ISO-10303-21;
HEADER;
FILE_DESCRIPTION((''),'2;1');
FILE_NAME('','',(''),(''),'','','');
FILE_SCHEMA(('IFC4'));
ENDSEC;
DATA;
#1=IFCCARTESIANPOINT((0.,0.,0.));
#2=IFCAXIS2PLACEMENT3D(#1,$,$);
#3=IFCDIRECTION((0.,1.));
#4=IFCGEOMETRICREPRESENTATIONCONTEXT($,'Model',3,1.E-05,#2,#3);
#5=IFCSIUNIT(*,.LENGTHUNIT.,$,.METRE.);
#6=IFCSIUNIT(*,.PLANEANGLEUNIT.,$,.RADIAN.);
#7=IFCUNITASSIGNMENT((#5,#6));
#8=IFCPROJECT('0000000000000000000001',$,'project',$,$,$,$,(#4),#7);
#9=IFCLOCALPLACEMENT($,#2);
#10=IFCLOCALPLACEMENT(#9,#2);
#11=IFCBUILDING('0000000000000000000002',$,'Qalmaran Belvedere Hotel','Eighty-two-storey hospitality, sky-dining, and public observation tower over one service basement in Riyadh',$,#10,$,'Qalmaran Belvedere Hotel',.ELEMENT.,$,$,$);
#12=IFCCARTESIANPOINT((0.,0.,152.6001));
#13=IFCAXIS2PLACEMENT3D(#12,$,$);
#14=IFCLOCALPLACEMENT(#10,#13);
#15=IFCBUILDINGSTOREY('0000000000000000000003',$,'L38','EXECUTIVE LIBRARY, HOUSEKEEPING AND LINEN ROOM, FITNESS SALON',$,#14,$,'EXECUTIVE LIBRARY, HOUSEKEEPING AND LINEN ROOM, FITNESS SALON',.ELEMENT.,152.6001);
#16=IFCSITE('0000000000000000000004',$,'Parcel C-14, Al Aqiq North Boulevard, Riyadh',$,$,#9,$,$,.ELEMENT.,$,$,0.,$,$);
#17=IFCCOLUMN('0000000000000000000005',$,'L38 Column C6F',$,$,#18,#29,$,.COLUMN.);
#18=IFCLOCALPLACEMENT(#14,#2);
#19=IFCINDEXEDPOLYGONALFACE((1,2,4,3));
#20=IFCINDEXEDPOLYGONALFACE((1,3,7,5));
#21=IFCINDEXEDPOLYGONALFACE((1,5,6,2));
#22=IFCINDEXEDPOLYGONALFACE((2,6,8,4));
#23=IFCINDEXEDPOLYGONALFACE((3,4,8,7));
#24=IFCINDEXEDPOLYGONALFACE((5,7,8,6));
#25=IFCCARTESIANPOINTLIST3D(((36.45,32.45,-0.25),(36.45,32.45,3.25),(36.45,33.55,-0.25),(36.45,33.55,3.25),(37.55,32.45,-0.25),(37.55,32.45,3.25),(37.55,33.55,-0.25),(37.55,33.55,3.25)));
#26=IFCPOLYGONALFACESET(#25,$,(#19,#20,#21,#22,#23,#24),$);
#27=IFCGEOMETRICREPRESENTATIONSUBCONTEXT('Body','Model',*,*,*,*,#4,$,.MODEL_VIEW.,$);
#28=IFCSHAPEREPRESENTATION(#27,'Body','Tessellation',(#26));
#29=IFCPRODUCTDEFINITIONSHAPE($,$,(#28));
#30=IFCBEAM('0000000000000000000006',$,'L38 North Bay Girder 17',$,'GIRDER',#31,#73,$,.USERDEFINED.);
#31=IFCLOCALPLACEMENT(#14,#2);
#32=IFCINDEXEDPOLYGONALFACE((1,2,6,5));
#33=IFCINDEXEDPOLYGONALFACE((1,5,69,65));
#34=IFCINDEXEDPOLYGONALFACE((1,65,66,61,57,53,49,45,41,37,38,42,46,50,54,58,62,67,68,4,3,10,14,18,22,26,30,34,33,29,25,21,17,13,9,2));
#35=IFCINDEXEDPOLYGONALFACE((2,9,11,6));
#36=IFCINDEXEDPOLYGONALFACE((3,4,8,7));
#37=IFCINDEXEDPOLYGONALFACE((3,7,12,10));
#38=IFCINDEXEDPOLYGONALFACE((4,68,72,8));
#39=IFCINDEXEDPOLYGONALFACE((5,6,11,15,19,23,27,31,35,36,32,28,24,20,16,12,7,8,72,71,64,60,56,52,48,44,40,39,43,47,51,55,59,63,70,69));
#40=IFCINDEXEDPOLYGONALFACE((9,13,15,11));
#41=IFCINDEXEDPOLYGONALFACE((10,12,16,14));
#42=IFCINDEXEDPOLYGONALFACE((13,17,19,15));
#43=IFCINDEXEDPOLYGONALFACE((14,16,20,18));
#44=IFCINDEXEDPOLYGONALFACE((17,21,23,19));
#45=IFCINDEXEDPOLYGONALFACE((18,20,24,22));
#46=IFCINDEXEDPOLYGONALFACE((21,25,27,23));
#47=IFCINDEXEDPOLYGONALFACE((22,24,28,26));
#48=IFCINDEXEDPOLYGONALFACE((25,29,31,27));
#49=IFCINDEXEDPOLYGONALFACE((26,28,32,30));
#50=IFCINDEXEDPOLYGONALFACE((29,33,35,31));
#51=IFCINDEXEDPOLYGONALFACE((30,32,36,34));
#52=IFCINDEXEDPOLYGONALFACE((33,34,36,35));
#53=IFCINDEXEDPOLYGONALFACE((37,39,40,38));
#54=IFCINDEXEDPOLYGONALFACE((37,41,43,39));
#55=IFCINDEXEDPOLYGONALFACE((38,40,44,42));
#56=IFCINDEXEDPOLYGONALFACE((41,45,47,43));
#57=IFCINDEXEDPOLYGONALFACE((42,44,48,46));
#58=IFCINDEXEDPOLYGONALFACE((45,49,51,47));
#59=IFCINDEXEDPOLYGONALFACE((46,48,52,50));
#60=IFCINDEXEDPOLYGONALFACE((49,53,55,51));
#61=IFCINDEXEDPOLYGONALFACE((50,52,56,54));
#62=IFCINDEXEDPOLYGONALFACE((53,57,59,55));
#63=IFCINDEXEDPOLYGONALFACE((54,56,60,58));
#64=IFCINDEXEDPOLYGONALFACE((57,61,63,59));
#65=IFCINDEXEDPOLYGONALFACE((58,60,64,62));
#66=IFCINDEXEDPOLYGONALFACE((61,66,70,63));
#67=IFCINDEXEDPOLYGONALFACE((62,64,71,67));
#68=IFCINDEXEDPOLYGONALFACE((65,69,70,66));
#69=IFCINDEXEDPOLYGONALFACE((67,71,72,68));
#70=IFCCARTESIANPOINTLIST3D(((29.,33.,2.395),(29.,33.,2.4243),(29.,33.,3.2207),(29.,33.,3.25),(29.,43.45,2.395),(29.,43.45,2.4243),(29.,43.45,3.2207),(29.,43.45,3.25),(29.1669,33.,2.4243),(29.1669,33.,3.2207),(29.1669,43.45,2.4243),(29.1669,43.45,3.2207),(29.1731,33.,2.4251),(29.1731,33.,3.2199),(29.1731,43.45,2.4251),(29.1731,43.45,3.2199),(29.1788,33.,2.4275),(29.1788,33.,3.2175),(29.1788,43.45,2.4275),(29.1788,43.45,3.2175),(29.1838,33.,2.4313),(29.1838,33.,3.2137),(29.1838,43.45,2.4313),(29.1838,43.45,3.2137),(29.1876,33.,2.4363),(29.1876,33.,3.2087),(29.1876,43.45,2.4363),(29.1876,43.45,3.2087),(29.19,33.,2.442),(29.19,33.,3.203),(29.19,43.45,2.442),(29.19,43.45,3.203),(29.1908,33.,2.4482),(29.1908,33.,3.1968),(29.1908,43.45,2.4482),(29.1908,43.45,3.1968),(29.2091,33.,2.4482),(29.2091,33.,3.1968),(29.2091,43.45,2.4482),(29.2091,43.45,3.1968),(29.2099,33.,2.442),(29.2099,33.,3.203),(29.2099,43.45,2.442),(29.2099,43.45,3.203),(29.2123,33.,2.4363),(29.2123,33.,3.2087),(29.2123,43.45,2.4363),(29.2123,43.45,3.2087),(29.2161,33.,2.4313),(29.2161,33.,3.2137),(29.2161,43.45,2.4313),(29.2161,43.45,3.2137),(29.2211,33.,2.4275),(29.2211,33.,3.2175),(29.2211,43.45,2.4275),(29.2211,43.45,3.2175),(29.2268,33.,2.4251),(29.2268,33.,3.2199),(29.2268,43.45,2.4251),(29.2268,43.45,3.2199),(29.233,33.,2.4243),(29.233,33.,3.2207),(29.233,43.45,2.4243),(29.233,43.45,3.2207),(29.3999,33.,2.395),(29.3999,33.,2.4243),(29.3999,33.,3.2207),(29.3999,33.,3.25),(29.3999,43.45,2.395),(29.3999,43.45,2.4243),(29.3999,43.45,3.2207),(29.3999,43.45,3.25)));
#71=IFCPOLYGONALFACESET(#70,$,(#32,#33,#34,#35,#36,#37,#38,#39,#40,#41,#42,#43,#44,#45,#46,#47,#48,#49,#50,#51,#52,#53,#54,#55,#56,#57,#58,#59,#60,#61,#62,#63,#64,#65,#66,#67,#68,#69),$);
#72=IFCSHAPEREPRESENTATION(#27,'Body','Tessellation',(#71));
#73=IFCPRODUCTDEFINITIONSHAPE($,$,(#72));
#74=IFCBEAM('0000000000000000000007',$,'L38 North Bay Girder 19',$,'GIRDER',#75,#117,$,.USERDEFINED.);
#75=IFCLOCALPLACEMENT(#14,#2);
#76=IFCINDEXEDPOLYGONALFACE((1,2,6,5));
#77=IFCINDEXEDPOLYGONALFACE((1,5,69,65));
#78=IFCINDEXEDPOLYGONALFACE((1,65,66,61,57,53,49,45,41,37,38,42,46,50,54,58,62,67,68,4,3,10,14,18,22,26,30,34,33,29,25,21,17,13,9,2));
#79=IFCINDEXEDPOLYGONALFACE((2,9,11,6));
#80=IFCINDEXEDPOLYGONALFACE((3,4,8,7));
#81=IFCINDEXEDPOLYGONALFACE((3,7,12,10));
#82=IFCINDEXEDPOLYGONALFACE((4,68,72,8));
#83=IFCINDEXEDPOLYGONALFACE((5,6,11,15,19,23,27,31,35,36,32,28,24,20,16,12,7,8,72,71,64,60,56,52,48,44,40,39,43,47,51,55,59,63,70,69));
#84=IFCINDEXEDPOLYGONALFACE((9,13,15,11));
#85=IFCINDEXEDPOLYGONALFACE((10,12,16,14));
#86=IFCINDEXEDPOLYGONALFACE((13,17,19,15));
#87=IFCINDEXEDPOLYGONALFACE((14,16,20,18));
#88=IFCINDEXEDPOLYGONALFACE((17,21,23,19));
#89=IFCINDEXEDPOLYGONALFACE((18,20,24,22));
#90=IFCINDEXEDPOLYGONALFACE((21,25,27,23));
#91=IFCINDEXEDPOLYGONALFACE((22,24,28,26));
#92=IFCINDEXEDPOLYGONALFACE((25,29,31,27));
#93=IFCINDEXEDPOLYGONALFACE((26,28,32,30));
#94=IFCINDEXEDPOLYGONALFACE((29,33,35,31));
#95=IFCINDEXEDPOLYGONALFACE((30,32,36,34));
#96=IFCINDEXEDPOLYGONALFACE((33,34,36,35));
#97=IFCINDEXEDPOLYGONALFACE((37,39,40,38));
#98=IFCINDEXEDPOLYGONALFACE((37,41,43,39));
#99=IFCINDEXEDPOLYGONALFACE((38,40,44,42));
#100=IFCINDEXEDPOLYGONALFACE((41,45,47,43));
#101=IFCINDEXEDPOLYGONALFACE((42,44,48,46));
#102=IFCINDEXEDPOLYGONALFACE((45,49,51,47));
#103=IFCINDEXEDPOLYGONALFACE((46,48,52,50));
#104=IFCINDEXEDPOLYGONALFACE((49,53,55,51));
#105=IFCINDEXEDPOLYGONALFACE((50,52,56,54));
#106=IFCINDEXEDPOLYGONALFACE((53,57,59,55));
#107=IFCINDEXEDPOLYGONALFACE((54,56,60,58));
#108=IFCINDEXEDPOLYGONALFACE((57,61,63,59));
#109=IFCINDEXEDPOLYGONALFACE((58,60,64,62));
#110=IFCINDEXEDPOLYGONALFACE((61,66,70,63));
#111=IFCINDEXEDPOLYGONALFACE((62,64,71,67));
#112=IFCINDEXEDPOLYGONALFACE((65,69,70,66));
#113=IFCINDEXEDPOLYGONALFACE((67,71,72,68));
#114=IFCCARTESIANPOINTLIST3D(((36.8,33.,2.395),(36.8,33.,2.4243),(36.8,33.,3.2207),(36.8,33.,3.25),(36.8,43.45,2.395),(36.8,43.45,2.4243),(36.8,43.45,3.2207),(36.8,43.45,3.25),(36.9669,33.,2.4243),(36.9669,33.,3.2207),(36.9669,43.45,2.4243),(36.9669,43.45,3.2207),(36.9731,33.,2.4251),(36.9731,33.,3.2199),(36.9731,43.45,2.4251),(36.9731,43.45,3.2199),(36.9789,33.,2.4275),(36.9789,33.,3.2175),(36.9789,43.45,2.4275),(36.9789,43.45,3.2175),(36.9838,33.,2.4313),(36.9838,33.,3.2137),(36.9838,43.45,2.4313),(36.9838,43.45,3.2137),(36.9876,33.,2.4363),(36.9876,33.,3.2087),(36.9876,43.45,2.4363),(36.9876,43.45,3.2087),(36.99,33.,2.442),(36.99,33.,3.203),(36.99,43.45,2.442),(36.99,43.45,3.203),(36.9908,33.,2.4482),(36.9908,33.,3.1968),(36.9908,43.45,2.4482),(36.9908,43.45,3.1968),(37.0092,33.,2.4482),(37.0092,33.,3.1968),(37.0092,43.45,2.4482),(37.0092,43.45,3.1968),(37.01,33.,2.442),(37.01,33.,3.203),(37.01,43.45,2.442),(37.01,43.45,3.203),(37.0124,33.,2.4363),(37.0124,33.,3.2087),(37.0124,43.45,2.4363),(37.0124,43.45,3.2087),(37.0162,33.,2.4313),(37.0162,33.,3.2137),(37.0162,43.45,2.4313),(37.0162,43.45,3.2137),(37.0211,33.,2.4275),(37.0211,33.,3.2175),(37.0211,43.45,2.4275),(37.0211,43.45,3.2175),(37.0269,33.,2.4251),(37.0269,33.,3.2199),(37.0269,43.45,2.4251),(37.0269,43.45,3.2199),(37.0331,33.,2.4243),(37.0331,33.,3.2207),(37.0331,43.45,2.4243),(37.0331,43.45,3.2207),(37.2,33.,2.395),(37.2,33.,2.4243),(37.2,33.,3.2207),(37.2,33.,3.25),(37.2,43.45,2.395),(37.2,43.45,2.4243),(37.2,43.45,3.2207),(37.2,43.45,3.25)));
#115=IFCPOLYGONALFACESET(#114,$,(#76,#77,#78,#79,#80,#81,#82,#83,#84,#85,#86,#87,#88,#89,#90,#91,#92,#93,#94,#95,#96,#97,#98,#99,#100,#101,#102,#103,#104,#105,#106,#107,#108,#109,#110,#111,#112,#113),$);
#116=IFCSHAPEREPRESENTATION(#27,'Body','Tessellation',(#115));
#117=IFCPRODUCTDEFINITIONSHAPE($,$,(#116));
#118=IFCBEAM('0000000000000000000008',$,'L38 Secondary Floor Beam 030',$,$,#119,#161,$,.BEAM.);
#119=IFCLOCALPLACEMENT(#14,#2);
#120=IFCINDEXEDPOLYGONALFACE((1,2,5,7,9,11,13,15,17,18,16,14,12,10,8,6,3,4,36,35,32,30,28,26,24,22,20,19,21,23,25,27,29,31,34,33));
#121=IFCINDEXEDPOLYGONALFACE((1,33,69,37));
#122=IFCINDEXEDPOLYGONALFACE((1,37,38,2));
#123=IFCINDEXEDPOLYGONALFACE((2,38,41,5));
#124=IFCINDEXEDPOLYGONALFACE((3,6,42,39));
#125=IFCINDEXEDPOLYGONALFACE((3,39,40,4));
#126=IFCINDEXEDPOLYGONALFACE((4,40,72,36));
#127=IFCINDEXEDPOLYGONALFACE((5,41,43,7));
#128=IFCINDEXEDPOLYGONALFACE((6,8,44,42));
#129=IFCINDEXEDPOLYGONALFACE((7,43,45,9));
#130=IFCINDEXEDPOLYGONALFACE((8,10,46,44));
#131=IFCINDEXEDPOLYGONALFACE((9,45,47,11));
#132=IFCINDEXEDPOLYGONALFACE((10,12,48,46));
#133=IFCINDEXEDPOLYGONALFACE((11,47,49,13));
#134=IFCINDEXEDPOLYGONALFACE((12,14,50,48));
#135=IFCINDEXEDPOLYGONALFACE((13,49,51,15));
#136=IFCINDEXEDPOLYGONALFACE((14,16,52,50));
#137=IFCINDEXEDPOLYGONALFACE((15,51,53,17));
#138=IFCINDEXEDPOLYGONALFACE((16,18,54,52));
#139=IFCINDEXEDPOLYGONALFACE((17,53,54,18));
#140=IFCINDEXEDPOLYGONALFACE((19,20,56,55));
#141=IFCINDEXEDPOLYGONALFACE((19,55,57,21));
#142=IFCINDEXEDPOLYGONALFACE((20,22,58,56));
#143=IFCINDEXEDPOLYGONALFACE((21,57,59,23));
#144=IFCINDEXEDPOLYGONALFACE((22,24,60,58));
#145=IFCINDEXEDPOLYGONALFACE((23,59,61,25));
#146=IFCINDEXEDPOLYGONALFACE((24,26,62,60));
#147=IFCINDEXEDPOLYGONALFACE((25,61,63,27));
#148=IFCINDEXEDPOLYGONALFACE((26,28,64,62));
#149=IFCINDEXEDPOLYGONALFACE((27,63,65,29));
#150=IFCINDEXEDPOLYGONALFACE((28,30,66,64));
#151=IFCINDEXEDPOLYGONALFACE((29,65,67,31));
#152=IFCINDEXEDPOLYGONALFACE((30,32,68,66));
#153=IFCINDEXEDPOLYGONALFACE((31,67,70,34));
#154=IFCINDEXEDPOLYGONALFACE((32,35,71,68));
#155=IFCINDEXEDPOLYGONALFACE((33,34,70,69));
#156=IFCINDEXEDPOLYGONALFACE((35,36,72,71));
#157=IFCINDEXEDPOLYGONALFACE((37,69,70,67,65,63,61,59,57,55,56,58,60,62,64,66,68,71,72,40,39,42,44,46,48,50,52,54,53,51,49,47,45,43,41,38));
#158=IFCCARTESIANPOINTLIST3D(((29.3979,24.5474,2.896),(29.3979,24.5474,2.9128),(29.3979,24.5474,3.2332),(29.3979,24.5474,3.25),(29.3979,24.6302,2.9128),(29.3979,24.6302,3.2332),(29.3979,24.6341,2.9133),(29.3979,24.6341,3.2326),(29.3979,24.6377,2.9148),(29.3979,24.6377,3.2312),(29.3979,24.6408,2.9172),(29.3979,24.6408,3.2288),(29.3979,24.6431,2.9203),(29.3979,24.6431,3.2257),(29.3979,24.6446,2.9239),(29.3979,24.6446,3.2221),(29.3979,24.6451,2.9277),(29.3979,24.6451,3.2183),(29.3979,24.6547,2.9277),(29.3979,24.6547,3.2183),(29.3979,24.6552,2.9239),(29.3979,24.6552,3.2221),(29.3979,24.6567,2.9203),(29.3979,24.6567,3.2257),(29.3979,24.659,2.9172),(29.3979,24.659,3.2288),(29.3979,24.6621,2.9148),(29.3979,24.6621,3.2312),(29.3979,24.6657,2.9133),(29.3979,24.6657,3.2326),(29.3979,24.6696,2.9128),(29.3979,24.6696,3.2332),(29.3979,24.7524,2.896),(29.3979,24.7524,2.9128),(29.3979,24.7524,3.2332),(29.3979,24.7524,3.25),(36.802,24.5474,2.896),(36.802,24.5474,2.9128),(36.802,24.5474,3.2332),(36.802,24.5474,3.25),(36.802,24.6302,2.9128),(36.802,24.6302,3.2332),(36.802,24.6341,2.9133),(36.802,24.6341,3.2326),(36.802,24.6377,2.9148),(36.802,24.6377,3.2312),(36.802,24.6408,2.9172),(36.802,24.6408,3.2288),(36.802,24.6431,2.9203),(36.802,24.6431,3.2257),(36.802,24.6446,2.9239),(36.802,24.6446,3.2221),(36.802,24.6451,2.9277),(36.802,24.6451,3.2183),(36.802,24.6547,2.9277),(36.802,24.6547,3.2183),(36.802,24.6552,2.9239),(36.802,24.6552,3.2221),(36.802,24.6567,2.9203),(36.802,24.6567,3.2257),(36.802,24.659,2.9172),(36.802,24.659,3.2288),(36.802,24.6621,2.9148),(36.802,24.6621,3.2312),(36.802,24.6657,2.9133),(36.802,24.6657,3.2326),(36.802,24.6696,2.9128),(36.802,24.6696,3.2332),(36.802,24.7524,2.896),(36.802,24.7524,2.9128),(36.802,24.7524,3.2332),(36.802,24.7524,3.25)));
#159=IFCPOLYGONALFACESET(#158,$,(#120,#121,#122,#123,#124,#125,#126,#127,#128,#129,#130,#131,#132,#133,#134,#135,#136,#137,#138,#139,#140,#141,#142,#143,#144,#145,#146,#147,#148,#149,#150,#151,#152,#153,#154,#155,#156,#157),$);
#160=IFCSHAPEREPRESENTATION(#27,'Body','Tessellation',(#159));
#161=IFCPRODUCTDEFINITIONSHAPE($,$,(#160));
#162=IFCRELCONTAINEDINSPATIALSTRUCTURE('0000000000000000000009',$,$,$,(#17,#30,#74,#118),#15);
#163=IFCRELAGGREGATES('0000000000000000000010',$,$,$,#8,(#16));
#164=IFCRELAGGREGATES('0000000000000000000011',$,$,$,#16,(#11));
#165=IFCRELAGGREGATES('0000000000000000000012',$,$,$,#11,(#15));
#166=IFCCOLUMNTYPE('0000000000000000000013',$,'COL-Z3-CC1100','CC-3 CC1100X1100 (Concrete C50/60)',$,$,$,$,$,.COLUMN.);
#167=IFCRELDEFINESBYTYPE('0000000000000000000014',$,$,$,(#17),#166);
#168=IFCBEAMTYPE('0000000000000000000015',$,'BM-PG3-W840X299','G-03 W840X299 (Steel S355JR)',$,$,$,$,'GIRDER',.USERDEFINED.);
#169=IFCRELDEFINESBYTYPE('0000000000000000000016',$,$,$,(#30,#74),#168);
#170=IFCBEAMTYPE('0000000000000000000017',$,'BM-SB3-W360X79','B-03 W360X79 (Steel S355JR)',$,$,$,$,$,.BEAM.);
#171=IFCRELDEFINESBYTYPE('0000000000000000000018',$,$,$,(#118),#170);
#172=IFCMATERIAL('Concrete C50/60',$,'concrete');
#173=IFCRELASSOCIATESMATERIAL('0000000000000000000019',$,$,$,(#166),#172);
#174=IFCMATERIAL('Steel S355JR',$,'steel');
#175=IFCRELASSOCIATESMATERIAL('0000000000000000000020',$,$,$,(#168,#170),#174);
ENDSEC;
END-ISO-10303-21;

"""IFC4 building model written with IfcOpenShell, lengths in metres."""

from ifc_helpers import new_model, si_unit, direction, frame, origin, origin_2d, place, context, subcontext, project, spatial, rectangle, i_section, extrude, material, material_profile, profile_set, type_object, element, save


model = new_model("IFC4")

# Units and contexts
model_context = context("Model", 3, precision=1e-05, world=origin(), true_north=direction((0.0, 1.0)))
body_context = subcontext(model_context, "Body", "Model", "MODEL_VIEW")
ifc_project = project(units=[si_unit("LENGTHUNIT", "METRE"), si_unit("PLANEANGLEUNIT", "RADIAN")], contexts=[model_context])

# Site, building, storey
site_placement = place(None, origin())
site = spatial("IfcSite", under=ifc_project, at=site_placement, Name="Parcel C-14, Al Aqiq North Boulevard, Riyadh", CompositionType="ELEMENT", RefElevation=0.0)
building_placement = place(site_placement, origin())
building = spatial("IfcBuilding", under=site, at=building_placement, Name="Qalmaran Belvedere Hotel", Description="Eighty-two-storey hospitality, sky-dining, and public observation tower over one service basement in Riyadh", LongName="Qalmaran Belvedere Hotel", CompositionType="ELEMENT")
storey_placement = place(building_placement, frame((0.0, 0.0, 152.6001)))
storey = spatial("IfcBuildingStorey", under=building, at=storey_placement, Name="L38", Description="EXECUTIVE LIBRARY, HOUSEKEEPING AND LINEN ROOM, FITNESS SALON", LongName="EXECUTIVE LIBRARY, HOUSEKEEPING AND LINEN ROOM, FITNESS SALON", CompositionType="ELEMENT", Elevation=152.6001)

# Column
ifc_material_1 = material(Name="Concrete C50/60", Category="concrete")
ifc_material_profile_1 = material_profile(ifc_material_1, rectangle(XDim=1.1001, YDim=1.1001, at=origin_2d()), Name="CC1100X1100")
ifc_profile_set_1 = profile_set([ifc_material_profile_1], Name="Concrete C50/60")
column_type = type_object("IfcColumnType", Name="COL-Z3-CC1100", Description="CC-3 CC1100X1100 (Concrete C50/60)", PredefinedType="COLUMN", material=ifc_profile_set_1)
column_placement = place(storey_placement, frame((37.0, 33.0, -0.25), z_axis=(0.0, 0.0, 1.0), x_axis=(1.0, 0.0, 0.0)))
element("IfcColumn", 1, at=column_placement, inside=storey, type_object=column_type, Name="L38 Column C6F", PredefinedType="COLUMN", context=body_context, shape_type="SweptSolid", body=[
    extrude(rectangle(XDim=1.1001, YDim=1.1001, at=origin_2d()), origin(), (0.0, 0.0, 1.0), 3.5),
])

# Beams
ifc_material_2 = material(Name="Steel S355JR", Category="steel")
ifc_material_profile_2 = material_profile(ifc_material_2, i_section(OverallWidth=0.3999, OverallDepth=0.855, WebThickness=0.0183, FlangeThickness=0.0293, FilletRadius=0.0239, at=origin_2d()), Name="W840X299")
ifc_profile_set_2 = profile_set([ifc_material_profile_2], Name="Steel S355JR")
beam_type_1 = type_object("IfcBeamType", Name="BM-PG3-W840X299", Description="G-03 W840X299 (Steel S355JR)", ElementType="GIRDER", PredefinedType="USERDEFINED", material=ifc_profile_set_2)
for number, where, z_axis, x_axis, name in (
    (2, (29.2, 33.0, 2.8225), (0.0, 1.0, 0.0), (-1.0, 0.0, 0.0), "L38 North Bay Girder 17"),
    (3, (37.0, 33.0, 2.8225), (0.0, 1.0, 0.0), (-1.0, 0.0, 0.0), "L38 North Bay Girder 19"),
):
    element("IfcBeam", number, at=place(storey_placement, frame(where, z_axis=z_axis, x_axis=x_axis)), inside=storey, type_object=beam_type_1, Name=name, ObjectType="GIRDER", PredefinedType="USERDEFINED", context=body_context, shape_type="SweptSolid", body=[
        extrude(i_section(OverallWidth=0.3999, OverallDepth=0.855, WebThickness=0.0183, FlangeThickness=0.0293, FilletRadius=0.0239, at=origin_2d()), origin(), (0.0, 0.0, 1.0), 10.45),
    ])
ifc_material_profile_3 = material_profile(ifc_material_2, i_section(OverallWidth=0.2051, OverallDepth=0.354, WebThickness=0.0095, FlangeThickness=0.0168, FilletRadius=0.0149, at=origin_2d()), Name="W360X79")
ifc_profile_set_3 = profile_set([ifc_material_profile_3], Name="Steel S355JR")
beam_type_2 = type_object("IfcBeamType", Name="BM-SB3-W360X79", Description="B-03 W360X79 (Steel S355JR)", PredefinedType="BEAM", material=ifc_profile_set_3)
for number, where, z_axis, x_axis, name in (
    (4, (29.3979, 24.6499, 3.073), (1.0, 0.0, 0.0), (0.0, 1.0, 0.0), "L38 Secondary Floor Beam 030"),
):
    element("IfcBeam", number, at=place(storey_placement, frame(where, z_axis=z_axis, x_axis=x_axis)), inside=storey, type_object=beam_type_2, Name=name, PredefinedType="BEAM", context=body_context, shape_type="SweptSolid", body=[
        extrude(i_section(OverallWidth=0.2051, OverallDepth=0.354, WebThickness=0.0095, FlangeThickness=0.0168, FilletRadius=0.0149, at=origin_2d()), origin(), (0.0, 0.0, 1.0), 7.4041),
    ])

save(model, "model.ifc")
